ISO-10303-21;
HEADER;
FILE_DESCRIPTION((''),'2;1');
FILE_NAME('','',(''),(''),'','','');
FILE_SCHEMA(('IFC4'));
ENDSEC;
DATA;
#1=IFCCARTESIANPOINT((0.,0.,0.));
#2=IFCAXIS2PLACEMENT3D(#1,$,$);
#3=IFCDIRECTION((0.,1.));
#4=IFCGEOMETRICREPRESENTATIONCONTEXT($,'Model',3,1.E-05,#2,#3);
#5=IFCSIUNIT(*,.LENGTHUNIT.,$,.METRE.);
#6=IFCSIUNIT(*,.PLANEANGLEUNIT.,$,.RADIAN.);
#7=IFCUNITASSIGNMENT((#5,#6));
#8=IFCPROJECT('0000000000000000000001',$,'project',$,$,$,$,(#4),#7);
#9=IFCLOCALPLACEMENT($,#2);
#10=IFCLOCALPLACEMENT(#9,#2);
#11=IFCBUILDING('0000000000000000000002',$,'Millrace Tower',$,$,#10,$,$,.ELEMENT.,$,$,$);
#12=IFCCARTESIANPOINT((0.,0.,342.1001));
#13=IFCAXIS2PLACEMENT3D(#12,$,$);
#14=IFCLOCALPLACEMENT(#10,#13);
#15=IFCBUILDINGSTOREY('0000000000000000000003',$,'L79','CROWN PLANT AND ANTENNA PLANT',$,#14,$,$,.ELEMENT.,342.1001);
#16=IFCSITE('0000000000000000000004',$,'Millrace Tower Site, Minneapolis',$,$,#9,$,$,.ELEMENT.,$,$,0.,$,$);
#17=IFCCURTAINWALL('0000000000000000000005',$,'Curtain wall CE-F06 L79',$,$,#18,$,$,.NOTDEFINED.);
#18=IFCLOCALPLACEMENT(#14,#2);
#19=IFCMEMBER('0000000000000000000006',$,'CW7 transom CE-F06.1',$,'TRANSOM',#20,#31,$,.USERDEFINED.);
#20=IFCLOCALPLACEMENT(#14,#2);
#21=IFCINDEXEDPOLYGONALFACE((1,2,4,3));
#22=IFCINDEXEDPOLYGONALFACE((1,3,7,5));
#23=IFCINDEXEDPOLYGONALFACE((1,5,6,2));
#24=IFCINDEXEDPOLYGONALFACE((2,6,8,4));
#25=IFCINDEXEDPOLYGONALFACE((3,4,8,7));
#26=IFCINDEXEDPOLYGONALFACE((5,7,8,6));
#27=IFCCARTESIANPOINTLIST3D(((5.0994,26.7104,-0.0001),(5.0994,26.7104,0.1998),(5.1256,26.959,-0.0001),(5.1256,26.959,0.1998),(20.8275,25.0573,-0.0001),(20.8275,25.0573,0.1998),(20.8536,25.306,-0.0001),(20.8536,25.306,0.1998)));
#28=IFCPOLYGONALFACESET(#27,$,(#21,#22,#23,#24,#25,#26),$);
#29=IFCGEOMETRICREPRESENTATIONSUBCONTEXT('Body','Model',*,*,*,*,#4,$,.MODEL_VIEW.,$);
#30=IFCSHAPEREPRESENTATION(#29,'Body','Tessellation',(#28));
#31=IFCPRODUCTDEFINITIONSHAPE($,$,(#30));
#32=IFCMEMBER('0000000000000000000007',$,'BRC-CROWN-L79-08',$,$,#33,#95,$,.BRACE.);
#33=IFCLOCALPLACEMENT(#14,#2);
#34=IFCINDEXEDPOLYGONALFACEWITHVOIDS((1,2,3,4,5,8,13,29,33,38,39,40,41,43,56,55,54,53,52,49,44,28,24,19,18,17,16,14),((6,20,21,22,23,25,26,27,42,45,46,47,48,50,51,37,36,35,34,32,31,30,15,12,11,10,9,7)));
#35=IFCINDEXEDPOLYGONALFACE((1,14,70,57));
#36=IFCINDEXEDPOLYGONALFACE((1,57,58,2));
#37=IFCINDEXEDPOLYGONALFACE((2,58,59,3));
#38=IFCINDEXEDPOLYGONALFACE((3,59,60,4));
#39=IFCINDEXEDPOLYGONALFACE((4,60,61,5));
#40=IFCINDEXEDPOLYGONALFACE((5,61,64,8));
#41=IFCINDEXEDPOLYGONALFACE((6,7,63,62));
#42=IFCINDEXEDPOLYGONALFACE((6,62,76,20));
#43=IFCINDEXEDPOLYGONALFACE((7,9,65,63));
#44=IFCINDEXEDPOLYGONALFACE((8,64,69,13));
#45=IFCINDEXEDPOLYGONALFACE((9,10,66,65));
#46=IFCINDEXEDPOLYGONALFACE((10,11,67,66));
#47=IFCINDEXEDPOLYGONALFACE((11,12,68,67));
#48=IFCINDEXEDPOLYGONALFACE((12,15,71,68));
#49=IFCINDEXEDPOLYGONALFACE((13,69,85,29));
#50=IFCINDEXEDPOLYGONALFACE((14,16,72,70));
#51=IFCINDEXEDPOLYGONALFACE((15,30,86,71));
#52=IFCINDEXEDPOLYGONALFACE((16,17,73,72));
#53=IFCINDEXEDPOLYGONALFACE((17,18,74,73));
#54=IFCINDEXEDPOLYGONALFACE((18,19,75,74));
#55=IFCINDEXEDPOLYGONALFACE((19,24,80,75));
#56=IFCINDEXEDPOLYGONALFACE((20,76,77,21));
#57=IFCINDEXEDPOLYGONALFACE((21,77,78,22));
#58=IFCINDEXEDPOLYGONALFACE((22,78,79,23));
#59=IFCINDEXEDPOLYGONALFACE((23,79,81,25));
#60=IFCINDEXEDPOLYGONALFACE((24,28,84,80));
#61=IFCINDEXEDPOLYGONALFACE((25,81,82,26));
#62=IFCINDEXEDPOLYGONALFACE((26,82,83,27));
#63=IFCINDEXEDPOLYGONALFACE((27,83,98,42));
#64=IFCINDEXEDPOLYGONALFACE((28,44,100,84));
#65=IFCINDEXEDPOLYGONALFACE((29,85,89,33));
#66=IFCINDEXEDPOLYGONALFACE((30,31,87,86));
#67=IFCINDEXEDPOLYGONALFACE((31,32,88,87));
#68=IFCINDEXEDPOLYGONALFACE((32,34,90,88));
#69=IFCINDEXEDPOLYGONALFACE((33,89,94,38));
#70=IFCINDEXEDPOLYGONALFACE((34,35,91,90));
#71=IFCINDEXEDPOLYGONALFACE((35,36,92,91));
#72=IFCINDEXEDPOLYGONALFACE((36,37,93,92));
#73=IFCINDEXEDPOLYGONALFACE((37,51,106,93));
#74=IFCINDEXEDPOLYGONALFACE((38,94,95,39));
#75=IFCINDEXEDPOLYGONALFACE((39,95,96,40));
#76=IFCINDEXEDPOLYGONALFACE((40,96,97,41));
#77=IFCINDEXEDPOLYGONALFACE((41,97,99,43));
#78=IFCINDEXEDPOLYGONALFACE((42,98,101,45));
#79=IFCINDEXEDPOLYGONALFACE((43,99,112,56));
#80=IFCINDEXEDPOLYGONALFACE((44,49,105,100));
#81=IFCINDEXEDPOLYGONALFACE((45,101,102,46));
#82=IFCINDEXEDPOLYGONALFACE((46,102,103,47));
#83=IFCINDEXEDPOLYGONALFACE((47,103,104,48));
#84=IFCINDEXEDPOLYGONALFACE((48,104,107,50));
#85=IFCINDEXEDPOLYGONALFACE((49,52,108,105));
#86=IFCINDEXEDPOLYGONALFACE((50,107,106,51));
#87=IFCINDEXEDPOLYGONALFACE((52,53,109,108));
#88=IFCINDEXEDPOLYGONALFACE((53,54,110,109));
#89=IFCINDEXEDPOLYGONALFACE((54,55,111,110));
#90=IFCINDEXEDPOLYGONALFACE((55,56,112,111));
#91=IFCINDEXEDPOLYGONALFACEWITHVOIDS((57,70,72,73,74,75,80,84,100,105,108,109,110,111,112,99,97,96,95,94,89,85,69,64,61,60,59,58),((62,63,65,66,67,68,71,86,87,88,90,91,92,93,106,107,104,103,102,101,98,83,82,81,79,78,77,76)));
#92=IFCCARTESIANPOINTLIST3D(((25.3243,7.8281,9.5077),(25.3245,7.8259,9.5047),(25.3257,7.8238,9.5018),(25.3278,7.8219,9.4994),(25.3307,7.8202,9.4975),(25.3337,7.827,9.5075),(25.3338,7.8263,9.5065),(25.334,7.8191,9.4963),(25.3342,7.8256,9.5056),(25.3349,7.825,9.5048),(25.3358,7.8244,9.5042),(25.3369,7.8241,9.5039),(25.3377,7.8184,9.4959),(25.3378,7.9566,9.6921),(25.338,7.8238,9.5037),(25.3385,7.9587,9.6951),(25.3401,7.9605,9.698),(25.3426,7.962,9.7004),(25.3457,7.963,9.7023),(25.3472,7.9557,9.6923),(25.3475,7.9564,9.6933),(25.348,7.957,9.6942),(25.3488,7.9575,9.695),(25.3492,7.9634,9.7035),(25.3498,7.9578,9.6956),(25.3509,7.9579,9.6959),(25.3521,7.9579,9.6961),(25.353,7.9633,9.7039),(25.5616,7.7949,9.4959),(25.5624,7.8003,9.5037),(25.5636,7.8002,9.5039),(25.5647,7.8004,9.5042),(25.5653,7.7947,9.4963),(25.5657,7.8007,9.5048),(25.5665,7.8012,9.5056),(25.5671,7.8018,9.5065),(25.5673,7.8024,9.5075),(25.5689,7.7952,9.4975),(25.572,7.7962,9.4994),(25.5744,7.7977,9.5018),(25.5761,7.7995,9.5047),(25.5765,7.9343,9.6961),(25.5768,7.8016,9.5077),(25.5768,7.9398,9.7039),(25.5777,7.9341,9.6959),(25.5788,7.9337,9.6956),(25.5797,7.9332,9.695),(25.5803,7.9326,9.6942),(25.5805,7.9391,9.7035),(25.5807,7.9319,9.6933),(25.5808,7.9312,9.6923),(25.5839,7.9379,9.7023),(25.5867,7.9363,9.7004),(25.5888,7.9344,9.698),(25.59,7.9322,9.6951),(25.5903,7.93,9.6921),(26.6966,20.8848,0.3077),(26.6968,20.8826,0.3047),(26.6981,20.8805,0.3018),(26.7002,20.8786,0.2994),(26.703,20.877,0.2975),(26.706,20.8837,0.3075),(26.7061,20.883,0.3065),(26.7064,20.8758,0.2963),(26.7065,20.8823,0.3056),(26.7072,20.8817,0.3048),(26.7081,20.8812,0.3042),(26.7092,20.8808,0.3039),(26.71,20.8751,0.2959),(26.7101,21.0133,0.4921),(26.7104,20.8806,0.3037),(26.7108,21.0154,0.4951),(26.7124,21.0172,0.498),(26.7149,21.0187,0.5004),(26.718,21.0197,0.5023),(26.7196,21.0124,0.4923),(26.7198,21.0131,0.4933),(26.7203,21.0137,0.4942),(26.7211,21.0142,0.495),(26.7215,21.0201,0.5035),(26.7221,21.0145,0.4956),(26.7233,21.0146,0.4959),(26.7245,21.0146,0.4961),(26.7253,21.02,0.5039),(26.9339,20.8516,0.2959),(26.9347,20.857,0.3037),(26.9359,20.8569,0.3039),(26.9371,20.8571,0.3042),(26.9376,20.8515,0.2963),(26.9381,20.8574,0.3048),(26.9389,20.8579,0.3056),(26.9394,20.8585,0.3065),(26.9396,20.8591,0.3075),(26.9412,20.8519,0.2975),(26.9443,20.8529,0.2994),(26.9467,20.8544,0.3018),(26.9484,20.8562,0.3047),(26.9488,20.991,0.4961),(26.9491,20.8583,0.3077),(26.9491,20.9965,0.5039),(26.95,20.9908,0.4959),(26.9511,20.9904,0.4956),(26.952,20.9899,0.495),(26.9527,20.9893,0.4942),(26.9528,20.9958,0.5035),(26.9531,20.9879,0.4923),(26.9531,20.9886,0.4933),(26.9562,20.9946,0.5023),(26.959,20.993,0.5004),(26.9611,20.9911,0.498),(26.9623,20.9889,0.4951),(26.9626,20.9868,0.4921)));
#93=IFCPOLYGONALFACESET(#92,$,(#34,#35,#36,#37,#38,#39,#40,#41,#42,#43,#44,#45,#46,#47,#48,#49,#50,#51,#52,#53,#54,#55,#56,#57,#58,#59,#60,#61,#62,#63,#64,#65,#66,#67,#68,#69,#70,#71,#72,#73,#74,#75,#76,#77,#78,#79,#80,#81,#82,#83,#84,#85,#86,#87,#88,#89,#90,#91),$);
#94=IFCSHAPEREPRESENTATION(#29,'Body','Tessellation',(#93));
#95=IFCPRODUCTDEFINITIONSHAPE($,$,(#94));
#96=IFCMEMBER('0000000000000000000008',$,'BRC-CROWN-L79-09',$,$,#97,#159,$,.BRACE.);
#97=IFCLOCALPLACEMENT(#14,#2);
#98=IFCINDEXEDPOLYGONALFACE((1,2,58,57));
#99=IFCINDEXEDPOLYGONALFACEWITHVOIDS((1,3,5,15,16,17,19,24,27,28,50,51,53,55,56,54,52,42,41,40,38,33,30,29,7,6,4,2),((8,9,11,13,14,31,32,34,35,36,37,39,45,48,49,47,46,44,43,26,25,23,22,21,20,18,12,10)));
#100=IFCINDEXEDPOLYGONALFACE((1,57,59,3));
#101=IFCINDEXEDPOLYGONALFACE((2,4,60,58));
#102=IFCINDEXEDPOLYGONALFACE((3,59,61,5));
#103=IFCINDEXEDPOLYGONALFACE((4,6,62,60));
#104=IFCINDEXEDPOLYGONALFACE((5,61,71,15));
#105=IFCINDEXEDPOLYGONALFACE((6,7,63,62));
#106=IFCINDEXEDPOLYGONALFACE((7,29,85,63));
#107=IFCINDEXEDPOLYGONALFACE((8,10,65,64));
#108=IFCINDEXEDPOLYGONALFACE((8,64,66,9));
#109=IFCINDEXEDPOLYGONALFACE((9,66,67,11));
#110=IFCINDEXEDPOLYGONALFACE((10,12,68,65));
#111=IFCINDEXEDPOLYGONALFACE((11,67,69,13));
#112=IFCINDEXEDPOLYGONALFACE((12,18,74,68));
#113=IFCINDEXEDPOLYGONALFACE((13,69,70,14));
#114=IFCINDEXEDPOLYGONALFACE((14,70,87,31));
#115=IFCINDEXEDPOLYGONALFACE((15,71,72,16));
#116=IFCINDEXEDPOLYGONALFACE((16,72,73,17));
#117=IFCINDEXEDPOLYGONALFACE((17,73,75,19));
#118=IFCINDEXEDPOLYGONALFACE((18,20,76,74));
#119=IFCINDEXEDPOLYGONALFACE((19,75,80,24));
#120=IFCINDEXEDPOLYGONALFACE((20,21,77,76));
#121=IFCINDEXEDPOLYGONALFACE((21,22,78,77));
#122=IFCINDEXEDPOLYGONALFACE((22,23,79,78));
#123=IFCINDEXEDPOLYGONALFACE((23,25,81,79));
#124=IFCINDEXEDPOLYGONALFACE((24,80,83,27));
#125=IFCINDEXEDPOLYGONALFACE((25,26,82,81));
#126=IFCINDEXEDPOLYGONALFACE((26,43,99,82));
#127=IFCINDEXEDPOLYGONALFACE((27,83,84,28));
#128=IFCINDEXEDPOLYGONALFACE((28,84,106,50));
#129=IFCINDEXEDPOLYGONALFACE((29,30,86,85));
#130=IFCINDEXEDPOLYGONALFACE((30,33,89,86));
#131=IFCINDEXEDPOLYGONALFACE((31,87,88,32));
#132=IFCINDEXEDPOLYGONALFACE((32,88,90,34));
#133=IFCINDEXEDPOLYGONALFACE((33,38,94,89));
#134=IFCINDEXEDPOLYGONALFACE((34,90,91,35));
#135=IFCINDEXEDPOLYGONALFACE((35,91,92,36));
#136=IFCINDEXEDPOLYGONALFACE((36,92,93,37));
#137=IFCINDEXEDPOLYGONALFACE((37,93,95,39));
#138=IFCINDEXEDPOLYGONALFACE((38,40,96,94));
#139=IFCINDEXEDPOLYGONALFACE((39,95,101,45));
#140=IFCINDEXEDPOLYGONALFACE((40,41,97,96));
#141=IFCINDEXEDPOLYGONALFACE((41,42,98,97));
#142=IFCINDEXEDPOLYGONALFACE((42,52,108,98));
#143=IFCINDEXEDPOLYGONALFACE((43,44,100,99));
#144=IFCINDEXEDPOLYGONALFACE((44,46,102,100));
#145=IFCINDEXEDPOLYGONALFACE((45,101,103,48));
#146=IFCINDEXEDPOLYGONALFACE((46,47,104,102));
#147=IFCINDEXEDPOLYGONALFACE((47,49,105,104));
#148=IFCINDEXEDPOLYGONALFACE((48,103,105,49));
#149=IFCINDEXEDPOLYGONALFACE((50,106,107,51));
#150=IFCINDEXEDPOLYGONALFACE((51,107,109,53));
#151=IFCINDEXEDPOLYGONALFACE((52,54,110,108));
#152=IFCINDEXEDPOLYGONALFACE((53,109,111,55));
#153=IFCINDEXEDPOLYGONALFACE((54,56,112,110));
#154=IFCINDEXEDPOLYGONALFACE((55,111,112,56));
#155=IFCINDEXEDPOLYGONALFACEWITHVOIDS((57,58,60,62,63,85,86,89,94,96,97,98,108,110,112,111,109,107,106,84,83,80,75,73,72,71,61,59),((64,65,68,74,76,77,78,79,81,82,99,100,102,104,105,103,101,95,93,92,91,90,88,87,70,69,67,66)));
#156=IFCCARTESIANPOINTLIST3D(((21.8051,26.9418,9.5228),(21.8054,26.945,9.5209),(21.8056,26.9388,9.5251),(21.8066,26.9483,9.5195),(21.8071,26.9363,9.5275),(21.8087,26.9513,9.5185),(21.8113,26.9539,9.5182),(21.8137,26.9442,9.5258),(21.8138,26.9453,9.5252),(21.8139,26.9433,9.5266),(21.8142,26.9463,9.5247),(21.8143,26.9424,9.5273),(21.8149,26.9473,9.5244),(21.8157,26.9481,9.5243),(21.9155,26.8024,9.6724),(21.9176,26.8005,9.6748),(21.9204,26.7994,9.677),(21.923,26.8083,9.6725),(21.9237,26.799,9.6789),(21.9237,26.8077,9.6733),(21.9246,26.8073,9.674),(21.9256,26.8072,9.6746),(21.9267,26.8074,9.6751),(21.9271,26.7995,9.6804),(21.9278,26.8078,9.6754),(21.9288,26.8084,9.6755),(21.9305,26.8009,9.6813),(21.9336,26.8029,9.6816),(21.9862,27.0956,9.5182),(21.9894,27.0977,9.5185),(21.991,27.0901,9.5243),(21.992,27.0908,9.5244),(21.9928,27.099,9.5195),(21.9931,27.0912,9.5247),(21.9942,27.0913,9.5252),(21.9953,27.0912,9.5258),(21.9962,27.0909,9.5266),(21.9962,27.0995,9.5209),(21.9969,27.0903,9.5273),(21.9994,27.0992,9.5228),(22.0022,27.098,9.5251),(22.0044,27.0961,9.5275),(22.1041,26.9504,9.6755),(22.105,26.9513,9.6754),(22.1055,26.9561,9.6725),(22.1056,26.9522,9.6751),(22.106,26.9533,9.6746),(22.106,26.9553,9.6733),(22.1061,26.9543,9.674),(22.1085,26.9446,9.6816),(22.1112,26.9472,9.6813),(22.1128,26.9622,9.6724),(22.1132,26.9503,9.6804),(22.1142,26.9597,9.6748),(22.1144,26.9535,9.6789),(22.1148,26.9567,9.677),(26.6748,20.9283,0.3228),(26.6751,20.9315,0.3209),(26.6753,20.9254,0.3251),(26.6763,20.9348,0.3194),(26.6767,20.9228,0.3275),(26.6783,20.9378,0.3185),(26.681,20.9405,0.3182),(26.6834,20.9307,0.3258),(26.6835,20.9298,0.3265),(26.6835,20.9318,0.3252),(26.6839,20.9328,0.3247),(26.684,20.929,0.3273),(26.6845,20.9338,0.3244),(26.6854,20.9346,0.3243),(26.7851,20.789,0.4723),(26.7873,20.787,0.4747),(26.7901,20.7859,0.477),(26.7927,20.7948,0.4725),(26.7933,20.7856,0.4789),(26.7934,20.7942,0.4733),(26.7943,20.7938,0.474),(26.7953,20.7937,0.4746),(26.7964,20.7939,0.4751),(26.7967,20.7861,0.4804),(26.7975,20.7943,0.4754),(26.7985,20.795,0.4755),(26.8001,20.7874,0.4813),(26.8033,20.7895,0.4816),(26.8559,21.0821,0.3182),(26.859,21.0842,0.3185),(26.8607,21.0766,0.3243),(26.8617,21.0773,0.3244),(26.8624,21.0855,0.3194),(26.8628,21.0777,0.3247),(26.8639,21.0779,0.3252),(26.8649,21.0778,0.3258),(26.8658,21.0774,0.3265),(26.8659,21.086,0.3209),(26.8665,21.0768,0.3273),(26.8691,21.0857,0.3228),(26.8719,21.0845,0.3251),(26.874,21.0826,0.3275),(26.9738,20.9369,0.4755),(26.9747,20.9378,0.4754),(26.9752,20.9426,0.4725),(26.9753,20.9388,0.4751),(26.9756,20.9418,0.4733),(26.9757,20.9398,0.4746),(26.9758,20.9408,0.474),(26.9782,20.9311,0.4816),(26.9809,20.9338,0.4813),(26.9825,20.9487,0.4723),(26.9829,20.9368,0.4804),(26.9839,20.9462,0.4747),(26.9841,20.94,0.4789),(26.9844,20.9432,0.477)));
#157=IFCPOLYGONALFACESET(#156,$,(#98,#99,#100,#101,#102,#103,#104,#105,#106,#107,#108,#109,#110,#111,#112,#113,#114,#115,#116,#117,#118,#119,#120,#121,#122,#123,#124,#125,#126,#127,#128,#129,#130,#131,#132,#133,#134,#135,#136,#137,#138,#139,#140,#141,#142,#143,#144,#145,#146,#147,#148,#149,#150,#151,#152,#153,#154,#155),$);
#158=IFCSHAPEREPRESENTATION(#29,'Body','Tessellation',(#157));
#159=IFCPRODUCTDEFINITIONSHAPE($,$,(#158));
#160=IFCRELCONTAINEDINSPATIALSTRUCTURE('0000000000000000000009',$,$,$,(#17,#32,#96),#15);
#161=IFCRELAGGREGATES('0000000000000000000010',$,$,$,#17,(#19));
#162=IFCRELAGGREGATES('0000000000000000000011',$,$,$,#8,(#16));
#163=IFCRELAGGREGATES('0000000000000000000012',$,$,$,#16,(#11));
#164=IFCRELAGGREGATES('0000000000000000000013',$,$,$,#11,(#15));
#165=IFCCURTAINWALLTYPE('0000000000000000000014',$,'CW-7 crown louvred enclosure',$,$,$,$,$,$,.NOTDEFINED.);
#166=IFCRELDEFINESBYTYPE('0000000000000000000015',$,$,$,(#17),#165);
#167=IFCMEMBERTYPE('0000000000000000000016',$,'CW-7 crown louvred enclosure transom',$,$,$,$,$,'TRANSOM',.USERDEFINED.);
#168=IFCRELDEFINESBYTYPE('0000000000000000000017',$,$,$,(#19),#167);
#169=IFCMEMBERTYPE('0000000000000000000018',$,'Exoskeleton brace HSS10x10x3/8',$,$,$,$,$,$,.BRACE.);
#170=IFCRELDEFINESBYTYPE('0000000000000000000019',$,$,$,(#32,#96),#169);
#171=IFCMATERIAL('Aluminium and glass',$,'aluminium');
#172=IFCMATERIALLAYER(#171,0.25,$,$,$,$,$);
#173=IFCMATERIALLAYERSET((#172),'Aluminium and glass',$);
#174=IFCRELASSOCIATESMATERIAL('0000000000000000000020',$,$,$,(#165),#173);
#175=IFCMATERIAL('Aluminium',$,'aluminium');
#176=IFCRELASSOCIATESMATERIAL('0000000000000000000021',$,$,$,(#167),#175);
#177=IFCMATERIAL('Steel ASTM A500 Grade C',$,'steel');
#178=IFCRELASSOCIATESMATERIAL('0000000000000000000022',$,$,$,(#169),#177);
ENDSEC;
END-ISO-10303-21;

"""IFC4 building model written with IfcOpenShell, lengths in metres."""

from ifc_helpers import new_model, si_unit, direction, frame, origin, origin_2d, place, context, subcontext, project, spatial, rectangle, hollow_rectangle, extrude, material, layer, layer_set, material_profile, profile_set, type_object, element, aggregate, save


model = new_model("IFC4")

# Units and contexts
model_context = context("Model", 3, precision=1e-05, world=origin(), true_north=direction((0.0, 1.0)))
body_context = subcontext(model_context, "Body", "Model", "MODEL_VIEW")
ifc_project = project(units=[si_unit("LENGTHUNIT", "METRE"), si_unit("PLANEANGLEUNIT", "RADIAN")], contexts=[model_context])

# Site, building, storey
site_placement = place(None, origin())
site = spatial("IfcSite", under=ifc_project, at=site_placement, Name="Millrace Tower Site, Minneapolis", CompositionType="ELEMENT", RefElevation=0.0)
building_placement = place(site_placement, origin())
building = spatial("IfcBuilding", under=site, at=building_placement, Name="Millrace Tower", CompositionType="ELEMENT")
storey_placement = place(building_placement, frame((0.0, 0.0, 342.1001)))
storey = spatial("IfcBuildingStorey", under=building, at=storey_placement, Name="L79", Description="CROWN PLANT AND ANTENNA PLANT", CompositionType="ELEMENT", Elevation=342.1001)

# Shared definitions
ifc_material_1 = material(Name="Aluminium and glass", Category="aluminium")
ifc_layer_1 = layer(ifc_material_1, 0.25)
ifc_layer_set_1 = layer_set([ifc_layer_1], Name="Aluminium and glass")
curtain_wall_type = type_object("IfcCurtainWallType", Name="CW-7 crown louvred enclosure", PredefinedType="NOTDEFINED", material=ifc_layer_set_1)
placement = place(storey_placement, origin())

# Curtain wall
curtain_wall_1 = element("IfcCurtainWall", 1, at=placement, inside=storey, type_object=curtain_wall_type, Name="Curtain wall CE-F06 L79", PredefinedType="NOTDEFINED")

# Member
ifc_material_2 = material(Name="Aluminium", Category="aluminium")
ifc_material_profile_1 = material_profile(ifc_material_2, rectangle(XDim=0.25, YDim=0.2, at=origin_2d()))
ifc_profile_set_1 = profile_set([ifc_material_profile_1], Name="Aluminium")
member_type_1 = type_object("IfcMemberType", Name="CW-7 crown louvred enclosure transom", ElementType="TRANSOM", PredefinedType="USERDEFINED", material=ifc_profile_set_1)
member_1_placement = place(storey_placement, frame((20.8406, 25.1816, 0.0999), z_axis=(-0.994522, 0.104528, 0.0), x_axis=(-0.104528, -0.994522, 0.0)))
member_1 = element("IfcMember", 2, at=member_1_placement, type_object=member_type_1, Name="CW7 transom CE-F06.1", ObjectType="TRANSOM", PredefinedType="USERDEFINED", context=body_context, shape_type="SweptSolid", body=[
    extrude(rectangle(XDim=0.25, YDim=0.2, at=origin_2d()), origin(), (0.0, 0.0, 1.0), 15.8147),
])
aggregate(curtain_wall_1, [member_1])

# Members
ifc_material_3 = material(Name="Steel ASTM A500 Grade C", Category="steel")
ifc_material_profile_2 = material_profile(ifc_material_3, hollow_rectangle(XDim=0.2539, YDim=0.2539, WallThickness=0.0095, InnerFilletRadius=0.0046, OuterFilletRadius=0.0144, at=origin_2d()))
ifc_profile_set_2 = profile_set([ifc_material_profile_2], Name="Steel ASTM A500 Grade C")
member_type_2 = type_object("IfcMemberType", Name="Exoskeleton brace HSS10x10x3/8", PredefinedType="BRACE", material=ifc_profile_set_2)
member_2_placement = place(storey_placement, frame((26.8296, 20.9358, 0.3999), z_axis=(-0.085603, -0.814454, 0.573879), x_axis=(0.994522, -0.104529, 0.0)))
element("IfcMember", 3, at=member_2_placement, inside=storey, type_object=member_type_2, Name="BRC-CROWN-L79-08", PredefinedType="BRACE", context=body_context, shape_type="SweptSolid", body=[
    extrude(hollow_rectangle(XDim=0.2539, YDim=0.2539, WallThickness=0.0095, InnerFilletRadius=0.0046, OuterFilletRadius=0.0144, at=origin_2d()), origin(), (0.0, 0.0, 1.0), 16.0312),
])
member_3_placement = place(storey_placement, frame((26.8296, 20.9358, 0.3999), z_axis=(-0.405081, 0.500228, 0.765299), x_axis=(-0.777143, -0.629324, 0.0)))
element("IfcMember", 4, at=member_3_placement, inside=storey, type_object=member_type_2, Name="BRC-CROWN-L79-09", PredefinedType="BRACE", context=body_context, shape_type="SweptSolid", body=[
    extrude(hollow_rectangle(XDim=0.2539, YDim=0.2539, WallThickness=0.0095, InnerFilletRadius=0.0046, OuterFilletRadius=0.0144, at=origin_2d()), origin(), (0.0, 0.0, 1.0), 12.0215),
])

save(model, "model.ifc")
